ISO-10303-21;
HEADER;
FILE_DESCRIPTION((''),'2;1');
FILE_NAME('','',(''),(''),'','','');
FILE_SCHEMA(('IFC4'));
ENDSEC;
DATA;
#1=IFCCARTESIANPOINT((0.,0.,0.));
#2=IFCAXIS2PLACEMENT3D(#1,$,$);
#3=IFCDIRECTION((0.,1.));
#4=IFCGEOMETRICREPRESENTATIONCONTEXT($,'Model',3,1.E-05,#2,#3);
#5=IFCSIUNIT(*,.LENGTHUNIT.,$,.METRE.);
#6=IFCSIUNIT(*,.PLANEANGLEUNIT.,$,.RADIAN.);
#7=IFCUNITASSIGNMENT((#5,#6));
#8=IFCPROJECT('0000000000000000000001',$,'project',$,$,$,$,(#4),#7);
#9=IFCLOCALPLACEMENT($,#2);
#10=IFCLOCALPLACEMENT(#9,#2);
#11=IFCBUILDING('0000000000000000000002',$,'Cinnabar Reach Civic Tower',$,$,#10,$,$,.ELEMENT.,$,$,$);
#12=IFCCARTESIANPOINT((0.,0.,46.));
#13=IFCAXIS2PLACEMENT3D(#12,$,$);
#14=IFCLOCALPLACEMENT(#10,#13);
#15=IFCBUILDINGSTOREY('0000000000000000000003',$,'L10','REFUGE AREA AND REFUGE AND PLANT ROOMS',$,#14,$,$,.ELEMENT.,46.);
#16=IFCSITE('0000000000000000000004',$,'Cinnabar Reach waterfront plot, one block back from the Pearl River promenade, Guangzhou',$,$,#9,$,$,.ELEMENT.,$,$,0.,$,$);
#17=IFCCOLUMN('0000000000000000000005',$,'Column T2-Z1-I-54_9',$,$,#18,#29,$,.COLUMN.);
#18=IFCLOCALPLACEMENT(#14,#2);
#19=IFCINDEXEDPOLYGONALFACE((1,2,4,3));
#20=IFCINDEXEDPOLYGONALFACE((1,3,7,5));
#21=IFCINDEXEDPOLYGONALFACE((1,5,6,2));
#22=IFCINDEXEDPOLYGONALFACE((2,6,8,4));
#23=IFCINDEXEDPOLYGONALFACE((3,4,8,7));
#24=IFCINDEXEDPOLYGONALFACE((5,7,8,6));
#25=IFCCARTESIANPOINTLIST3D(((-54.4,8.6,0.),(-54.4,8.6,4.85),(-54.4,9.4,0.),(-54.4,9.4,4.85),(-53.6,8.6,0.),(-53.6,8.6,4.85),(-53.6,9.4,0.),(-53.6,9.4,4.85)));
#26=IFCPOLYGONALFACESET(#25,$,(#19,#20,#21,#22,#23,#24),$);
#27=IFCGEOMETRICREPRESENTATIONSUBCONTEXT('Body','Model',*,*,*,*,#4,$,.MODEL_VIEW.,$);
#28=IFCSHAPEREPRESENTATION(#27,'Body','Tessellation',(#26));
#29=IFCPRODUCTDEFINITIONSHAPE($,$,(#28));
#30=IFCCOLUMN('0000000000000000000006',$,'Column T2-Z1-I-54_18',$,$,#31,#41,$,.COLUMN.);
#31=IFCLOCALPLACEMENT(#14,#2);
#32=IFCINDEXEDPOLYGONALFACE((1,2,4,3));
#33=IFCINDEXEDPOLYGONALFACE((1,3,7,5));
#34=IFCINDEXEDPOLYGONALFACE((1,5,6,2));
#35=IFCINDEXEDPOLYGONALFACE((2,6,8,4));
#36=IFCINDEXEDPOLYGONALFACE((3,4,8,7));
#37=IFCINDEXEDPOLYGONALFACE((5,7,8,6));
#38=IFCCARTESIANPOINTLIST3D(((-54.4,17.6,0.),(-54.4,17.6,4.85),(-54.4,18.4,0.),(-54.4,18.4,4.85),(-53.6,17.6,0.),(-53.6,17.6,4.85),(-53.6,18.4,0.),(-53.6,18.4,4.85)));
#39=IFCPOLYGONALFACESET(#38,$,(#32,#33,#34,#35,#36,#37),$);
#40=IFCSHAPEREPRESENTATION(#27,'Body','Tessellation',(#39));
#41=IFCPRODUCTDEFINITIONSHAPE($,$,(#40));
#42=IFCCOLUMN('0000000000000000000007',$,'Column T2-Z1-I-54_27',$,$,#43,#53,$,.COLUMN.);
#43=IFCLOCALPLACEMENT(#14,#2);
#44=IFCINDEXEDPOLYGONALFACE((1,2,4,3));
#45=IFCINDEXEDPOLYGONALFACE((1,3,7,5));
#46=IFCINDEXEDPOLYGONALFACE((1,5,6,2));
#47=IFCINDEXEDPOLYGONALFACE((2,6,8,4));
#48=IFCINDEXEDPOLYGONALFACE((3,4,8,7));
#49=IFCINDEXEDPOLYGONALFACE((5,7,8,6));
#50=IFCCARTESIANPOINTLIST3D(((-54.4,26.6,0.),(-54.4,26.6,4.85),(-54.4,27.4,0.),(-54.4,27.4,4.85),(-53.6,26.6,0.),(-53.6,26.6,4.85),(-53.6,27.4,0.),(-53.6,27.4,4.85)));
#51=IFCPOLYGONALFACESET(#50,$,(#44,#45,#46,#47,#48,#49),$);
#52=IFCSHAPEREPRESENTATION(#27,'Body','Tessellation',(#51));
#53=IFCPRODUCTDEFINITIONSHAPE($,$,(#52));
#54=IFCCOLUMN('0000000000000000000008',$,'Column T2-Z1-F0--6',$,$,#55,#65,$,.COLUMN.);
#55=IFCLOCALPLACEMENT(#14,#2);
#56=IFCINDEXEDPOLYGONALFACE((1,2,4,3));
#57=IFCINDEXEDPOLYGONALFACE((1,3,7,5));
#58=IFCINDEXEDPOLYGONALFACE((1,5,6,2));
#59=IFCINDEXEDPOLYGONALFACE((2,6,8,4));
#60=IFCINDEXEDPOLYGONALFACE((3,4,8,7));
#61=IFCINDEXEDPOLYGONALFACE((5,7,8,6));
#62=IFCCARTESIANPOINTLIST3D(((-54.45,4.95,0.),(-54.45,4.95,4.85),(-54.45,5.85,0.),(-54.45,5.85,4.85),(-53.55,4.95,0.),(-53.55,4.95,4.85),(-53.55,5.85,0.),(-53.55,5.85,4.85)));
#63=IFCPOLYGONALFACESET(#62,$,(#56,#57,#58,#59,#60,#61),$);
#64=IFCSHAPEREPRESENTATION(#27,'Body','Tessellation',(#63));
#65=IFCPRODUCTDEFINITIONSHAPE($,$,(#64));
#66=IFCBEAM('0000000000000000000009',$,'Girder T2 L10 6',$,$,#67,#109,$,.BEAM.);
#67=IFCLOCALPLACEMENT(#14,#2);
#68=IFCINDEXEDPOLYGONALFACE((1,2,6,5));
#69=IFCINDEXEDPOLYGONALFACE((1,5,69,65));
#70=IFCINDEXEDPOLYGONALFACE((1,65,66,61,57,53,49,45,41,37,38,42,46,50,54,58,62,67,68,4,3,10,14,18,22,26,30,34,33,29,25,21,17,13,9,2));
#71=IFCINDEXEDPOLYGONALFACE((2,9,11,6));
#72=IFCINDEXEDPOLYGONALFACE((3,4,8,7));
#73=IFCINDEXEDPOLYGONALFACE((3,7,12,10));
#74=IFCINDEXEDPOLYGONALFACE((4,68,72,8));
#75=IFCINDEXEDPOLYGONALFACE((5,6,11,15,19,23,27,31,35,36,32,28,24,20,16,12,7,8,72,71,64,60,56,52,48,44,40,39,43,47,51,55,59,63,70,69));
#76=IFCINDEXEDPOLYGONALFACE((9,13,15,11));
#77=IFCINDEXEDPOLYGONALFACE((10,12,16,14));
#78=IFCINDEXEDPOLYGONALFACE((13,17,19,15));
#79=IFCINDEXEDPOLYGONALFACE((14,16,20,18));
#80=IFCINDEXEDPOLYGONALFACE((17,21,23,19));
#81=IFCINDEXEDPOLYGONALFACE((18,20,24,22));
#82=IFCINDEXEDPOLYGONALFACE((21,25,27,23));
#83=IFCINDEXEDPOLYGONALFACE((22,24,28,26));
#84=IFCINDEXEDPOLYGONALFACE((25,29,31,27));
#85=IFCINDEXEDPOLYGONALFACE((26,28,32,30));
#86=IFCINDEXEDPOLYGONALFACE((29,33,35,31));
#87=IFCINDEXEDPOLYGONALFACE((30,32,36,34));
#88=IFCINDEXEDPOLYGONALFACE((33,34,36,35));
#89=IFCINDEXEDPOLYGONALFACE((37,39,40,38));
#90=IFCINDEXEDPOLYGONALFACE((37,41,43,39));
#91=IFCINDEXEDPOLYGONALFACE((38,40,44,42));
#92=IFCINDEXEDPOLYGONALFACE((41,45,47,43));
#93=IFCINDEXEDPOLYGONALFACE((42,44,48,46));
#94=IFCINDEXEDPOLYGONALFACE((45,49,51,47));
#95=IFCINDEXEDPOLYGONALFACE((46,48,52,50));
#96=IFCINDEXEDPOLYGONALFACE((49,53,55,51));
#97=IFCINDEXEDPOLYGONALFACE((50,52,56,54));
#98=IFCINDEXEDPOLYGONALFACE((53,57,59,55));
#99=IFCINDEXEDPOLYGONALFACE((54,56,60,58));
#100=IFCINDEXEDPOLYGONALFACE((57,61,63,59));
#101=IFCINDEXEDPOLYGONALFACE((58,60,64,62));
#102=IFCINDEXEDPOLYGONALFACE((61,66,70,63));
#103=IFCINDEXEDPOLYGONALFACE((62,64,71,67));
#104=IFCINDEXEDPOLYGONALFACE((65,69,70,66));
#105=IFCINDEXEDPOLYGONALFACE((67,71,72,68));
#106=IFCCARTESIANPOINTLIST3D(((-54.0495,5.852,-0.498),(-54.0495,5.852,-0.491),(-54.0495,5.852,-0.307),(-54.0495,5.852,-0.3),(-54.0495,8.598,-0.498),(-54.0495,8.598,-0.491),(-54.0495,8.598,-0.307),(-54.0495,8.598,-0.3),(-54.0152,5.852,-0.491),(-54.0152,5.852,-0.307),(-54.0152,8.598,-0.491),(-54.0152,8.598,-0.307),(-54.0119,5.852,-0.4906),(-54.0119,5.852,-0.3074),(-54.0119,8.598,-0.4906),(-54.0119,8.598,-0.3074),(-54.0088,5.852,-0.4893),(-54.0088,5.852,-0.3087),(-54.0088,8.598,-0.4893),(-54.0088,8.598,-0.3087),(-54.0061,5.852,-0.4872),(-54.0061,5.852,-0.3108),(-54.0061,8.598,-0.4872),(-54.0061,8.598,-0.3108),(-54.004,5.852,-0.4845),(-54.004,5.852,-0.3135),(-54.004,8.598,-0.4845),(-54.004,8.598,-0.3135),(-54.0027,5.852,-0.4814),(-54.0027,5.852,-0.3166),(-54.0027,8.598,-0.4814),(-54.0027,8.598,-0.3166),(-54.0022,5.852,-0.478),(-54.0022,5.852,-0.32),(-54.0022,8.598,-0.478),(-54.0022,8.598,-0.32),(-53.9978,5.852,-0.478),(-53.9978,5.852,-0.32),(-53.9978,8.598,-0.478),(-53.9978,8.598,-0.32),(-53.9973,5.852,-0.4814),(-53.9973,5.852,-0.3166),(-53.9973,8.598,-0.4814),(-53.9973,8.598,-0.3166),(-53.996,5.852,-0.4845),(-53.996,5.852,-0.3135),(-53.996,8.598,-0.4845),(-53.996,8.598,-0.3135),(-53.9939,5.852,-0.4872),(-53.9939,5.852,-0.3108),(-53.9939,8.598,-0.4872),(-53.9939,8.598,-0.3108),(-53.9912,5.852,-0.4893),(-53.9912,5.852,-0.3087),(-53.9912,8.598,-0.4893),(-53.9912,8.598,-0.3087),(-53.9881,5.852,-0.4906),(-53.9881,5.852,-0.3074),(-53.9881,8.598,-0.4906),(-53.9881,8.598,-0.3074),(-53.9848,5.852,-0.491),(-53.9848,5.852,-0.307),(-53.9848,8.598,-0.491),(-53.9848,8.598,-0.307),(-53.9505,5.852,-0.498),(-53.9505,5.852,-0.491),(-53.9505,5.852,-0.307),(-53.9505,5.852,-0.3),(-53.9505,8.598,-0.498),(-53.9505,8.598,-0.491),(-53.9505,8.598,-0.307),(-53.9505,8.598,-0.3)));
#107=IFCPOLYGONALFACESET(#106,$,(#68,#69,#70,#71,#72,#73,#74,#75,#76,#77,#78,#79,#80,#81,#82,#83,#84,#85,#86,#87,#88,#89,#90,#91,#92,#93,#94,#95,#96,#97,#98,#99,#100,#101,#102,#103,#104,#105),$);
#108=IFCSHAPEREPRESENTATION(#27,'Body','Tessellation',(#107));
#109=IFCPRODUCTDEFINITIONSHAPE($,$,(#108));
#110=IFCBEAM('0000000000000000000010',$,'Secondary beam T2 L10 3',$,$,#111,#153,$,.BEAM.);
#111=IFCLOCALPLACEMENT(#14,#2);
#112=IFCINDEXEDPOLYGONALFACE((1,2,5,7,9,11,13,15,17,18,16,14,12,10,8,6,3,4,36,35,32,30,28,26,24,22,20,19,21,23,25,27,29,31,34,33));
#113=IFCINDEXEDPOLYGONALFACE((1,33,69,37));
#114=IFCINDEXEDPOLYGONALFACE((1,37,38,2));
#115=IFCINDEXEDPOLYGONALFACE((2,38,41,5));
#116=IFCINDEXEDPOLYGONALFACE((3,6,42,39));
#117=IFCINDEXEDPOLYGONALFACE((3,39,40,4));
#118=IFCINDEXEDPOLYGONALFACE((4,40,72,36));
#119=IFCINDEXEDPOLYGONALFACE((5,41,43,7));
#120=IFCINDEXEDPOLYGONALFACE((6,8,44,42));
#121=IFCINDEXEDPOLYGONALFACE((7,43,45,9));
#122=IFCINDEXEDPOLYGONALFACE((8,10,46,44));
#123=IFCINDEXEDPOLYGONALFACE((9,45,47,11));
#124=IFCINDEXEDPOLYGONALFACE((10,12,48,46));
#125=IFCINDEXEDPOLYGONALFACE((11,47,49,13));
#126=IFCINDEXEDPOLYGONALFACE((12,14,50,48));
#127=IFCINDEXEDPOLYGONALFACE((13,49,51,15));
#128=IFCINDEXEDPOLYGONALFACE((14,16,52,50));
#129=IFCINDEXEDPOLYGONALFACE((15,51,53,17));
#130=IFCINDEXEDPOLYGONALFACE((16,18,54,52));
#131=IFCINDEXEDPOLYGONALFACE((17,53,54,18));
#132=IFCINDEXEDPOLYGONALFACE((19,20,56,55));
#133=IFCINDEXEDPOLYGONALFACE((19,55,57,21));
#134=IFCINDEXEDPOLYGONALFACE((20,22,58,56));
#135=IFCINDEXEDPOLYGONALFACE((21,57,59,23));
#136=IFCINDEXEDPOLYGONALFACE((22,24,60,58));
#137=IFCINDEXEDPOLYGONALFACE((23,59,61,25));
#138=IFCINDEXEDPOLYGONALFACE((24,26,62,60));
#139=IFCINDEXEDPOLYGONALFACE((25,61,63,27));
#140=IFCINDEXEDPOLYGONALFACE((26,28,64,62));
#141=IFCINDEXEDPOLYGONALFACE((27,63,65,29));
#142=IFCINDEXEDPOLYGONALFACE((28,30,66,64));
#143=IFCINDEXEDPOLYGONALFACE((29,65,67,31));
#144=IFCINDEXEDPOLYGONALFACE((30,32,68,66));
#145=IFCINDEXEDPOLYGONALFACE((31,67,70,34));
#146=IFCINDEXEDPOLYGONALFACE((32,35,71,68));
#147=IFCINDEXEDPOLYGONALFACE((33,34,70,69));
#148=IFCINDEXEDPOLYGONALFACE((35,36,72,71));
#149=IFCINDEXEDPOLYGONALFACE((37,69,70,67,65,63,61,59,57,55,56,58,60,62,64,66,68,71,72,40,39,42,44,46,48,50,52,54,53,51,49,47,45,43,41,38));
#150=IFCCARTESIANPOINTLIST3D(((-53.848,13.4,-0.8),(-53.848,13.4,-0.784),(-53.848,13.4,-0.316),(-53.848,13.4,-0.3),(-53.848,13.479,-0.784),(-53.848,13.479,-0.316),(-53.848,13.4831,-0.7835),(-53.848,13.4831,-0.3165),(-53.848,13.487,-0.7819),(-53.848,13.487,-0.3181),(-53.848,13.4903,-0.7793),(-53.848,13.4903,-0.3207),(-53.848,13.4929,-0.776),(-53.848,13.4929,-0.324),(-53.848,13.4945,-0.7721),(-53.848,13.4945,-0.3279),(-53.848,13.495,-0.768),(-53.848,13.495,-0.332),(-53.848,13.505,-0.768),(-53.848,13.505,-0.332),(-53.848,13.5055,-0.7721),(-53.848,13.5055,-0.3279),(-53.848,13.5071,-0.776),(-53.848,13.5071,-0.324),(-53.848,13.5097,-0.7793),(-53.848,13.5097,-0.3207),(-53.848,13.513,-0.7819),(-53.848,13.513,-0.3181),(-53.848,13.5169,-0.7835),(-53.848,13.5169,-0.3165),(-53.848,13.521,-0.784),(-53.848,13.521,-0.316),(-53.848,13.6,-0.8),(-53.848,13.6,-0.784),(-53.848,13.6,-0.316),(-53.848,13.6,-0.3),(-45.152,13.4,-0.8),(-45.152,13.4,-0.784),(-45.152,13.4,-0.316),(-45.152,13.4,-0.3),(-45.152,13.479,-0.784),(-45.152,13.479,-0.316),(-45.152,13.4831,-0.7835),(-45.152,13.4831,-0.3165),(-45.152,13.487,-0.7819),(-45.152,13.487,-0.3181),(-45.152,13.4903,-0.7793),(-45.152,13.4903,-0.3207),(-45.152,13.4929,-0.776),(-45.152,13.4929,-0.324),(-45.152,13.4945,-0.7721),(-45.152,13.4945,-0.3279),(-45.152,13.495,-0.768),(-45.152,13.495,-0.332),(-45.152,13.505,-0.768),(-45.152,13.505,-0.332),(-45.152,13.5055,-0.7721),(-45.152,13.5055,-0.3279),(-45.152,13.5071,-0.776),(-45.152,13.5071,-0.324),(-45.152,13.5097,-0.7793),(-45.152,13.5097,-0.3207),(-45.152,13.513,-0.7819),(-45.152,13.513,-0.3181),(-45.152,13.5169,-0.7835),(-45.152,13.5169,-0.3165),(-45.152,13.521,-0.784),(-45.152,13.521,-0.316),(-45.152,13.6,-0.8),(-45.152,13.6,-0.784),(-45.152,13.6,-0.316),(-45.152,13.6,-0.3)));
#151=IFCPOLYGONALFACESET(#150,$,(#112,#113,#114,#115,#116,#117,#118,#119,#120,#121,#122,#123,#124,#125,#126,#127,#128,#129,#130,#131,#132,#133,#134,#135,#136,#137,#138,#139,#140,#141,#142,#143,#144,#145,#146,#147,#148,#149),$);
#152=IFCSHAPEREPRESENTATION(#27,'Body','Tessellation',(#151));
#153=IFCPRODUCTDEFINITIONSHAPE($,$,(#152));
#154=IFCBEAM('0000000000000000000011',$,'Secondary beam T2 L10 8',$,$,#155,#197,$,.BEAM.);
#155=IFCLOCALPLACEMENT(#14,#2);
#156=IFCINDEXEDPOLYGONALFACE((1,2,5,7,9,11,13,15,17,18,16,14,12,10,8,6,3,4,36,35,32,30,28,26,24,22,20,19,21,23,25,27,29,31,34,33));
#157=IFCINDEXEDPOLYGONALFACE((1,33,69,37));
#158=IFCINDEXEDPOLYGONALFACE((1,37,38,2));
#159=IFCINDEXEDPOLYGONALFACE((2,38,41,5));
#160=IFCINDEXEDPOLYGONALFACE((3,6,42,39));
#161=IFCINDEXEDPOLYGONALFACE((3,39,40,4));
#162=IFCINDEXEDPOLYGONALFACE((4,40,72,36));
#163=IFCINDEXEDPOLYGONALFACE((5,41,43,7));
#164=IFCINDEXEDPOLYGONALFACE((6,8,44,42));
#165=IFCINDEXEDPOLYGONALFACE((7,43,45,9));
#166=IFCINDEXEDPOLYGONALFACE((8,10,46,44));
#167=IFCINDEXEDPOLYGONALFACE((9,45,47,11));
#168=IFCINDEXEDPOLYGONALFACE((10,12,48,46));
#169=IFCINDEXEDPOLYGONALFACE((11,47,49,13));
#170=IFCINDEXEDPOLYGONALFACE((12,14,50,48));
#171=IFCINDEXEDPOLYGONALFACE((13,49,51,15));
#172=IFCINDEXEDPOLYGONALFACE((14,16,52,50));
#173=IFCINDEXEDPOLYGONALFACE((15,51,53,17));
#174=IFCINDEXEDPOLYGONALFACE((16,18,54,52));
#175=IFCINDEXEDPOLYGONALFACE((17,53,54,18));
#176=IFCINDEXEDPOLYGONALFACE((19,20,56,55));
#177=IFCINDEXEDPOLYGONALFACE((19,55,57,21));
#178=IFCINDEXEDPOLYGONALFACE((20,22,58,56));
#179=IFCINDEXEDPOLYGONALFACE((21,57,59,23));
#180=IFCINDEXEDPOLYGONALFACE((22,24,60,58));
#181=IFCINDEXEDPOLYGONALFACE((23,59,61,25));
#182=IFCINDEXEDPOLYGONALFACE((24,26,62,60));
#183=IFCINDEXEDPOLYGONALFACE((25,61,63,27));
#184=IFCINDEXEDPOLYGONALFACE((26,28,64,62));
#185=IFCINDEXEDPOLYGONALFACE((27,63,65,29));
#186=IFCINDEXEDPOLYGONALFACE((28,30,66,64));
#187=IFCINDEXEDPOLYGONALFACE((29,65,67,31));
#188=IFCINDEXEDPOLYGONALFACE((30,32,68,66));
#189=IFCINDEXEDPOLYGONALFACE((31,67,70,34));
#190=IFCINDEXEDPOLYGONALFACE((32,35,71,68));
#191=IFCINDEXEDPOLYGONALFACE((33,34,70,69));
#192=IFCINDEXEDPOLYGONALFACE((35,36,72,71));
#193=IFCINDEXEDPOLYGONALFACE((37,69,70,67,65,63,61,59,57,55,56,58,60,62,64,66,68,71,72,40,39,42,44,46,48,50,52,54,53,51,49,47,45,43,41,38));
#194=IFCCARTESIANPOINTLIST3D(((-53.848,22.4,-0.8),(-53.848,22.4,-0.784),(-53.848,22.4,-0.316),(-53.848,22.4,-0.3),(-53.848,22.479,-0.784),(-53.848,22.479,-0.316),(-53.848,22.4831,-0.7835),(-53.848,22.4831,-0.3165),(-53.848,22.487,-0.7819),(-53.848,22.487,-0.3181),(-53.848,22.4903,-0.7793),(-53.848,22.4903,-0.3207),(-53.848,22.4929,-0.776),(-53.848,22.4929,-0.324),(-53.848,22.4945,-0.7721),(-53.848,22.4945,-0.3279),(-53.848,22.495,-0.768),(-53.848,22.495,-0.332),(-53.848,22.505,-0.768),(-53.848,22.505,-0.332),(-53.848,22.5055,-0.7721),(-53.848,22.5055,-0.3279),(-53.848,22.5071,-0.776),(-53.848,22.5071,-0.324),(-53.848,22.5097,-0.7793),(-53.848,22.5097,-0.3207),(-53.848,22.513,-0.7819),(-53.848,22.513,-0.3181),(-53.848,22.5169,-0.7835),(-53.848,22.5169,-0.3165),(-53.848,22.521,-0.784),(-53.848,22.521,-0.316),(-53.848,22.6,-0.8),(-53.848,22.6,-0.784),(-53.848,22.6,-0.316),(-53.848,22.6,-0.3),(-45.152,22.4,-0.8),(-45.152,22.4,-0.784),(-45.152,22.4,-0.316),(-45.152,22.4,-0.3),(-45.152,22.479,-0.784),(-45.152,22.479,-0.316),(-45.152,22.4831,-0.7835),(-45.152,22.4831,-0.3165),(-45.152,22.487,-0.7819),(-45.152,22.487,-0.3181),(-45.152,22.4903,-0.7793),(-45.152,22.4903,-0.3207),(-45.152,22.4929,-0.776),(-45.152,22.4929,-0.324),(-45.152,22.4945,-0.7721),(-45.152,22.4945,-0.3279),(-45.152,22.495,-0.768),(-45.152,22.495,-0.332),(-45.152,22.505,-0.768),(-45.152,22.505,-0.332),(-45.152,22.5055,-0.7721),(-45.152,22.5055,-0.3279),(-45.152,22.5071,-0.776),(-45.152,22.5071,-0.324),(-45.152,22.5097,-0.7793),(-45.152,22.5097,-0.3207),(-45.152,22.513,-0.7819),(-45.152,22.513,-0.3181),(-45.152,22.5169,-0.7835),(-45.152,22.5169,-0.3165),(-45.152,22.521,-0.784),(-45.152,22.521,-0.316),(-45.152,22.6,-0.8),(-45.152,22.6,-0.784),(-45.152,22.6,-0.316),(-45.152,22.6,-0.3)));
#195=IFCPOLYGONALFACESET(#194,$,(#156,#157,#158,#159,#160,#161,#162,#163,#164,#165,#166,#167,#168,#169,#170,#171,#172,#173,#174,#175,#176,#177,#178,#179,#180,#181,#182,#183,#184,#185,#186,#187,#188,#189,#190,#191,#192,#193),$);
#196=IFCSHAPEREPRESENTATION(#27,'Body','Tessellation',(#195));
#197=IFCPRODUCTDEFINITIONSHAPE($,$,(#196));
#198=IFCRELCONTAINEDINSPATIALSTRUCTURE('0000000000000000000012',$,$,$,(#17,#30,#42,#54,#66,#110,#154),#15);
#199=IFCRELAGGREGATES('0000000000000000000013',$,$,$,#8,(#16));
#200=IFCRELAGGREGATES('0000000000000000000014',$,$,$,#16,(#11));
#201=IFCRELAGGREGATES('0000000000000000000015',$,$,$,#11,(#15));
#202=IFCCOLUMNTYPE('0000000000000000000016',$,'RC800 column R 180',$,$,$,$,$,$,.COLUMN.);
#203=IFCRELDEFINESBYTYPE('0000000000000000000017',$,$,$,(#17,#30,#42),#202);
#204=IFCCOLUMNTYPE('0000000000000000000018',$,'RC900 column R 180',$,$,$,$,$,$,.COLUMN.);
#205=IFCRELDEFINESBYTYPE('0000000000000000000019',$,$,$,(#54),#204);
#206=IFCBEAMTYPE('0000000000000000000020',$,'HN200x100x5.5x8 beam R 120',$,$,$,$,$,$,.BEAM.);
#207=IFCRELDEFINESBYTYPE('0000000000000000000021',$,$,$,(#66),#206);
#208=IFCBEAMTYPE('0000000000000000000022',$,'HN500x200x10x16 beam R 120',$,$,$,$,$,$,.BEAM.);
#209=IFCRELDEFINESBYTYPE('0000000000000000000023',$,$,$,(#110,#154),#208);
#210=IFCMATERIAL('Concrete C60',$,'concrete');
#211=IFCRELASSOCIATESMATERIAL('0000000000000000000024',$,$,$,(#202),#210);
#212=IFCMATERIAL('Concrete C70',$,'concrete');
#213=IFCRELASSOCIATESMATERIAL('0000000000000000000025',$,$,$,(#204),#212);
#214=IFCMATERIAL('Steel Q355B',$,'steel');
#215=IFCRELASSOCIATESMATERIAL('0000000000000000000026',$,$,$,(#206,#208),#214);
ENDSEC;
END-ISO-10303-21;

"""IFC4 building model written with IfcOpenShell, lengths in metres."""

from ifc_helpers import new_model, si_unit, direction, frame, origin, origin_2d, place, context, subcontext, project, spatial, rectangle, i_section, extrude, material, material_profile, profile_set, type_object, element, save


model = new_model("IFC4")

# Units and contexts
model_context = context("Model", 3, precision=1e-05, world=origin(), true_north=direction((0.0, 1.0)))
body_context = subcontext(model_context, "Body", "Model", "MODEL_VIEW")
ifc_project = project(units=[si_unit("LENGTHUNIT", "METRE"), si_unit("PLANEANGLEUNIT", "RADIAN")], contexts=[model_context])

# Site, building, storey
site_placement = place(None, origin())
site = spatial("IfcSite", under=ifc_project, at=site_placement, Name="Cinnabar Reach waterfront plot, one block back from the Pearl River promenade, Guangzhou", CompositionType="ELEMENT", RefElevation=0.0)
building_placement = place(site_placement, origin())
building = spatial("IfcBuilding", under=site, at=building_placement, Name="Cinnabar Reach Civic Tower", CompositionType="ELEMENT")
storey_placement = place(building_placement, frame((0.0, 0.0, 46.0)))
storey = spatial("IfcBuildingStorey", under=building, at=storey_placement, Name="L10", Description="REFUGE AREA AND REFUGE AND PLANT ROOMS", CompositionType="ELEMENT", Elevation=46.0)

# Columns
ifc_material_1 = material(Name="Concrete C60", Category="concrete")
ifc_material_profile_1 = material_profile(ifc_material_1, rectangle(XDim=0.8, YDim=0.8, at=origin_2d()), Name="RC800")
ifc_profile_set_1 = profile_set([ifc_material_profile_1], Name="Concrete C60")
column_type_1 = type_object("IfcColumnType", Name="RC800 column R 180", PredefinedType="COLUMN", material=ifc_profile_set_1)
for number, where, z_axis, x_axis, name in (
    (1, (-54.0, 9.0, 0.0), (0.0, 0.0, 1.0), (1.0, 0.0, 0.0), "Column T2-Z1-I-54_9"),
    (2, (-54.0, 18.0, 0.0), (0.0, 0.0, 1.0), (1.0, 0.0, 0.0), "Column T2-Z1-I-54_18"),
    (3, (-54.0, 27.0, 0.0), (0.0, 0.0, 1.0), (1.0, 0.0, 0.0), "Column T2-Z1-I-54_27"),
):
    element("IfcColumn", number, at=place(storey_placement, frame(where, z_axis=z_axis, x_axis=x_axis)), inside=storey, type_object=column_type_1, Name=name, PredefinedType="COLUMN", context=body_context, shape_type="SweptSolid", body=[
        extrude(rectangle(XDim=0.8, YDim=0.8, at=origin_2d()), origin(), (0.0, 0.0, 1.0), 4.85),
    ])
ifc_material_2 = material(Name="Concrete C70", Category="concrete")
ifc_material_profile_2 = material_profile(ifc_material_2, rectangle(XDim=0.9, YDim=0.9, at=origin_2d()), Name="RC900")
ifc_profile_set_2 = profile_set([ifc_material_profile_2], Name="Concrete C70")
column_type_2 = type_object("IfcColumnType", Name="RC900 column R 180", PredefinedType="COLUMN", material=ifc_profile_set_2)
column_placement = place(storey_placement, frame((-54.0, 5.4, 0.0), z_axis=(0.0, 0.0, 1.0), x_axis=(1.0, 0.0, 0.0)))
element("IfcColumn", 4, at=column_placement, inside=storey, type_object=column_type_2, Name="Column T2-Z1-F0--6", PredefinedType="COLUMN", context=body_context, shape_type="SweptSolid", body=[
    extrude(rectangle(XDim=0.9, YDim=0.9, at=origin_2d()), origin(), (0.0, 0.0, 1.0), 4.85),
])

# Beams
ifc_material_3 = material(Name="Steel Q355B", Category="steel")
ifc_material_profile_3 = material_profile(ifc_material_3, i_section(OverallWidth=0.099, OverallDepth=0.198, WebThickness=0.0045, FlangeThickness=0.007, FilletRadius=0.013, at=origin_2d()), Name="HN200x100x5.5x8")
ifc_profile_set_3 = profile_set([ifc_material_profile_3], Name="Steel Q355B")
beam_type_1 = type_object("IfcBeamType", Name="HN200x100x5.5x8 beam R 120", PredefinedType="BEAM", material=ifc_profile_set_3)
beam_1_placement = place(storey_placement, frame((-54.0, 5.852, -0.399), z_axis=(0.0, 1.0, 0.0), x_axis=(-1.0, 0.0, 0.0)))
element("IfcBeam", 5, at=beam_1_placement, inside=storey, type_object=beam_type_1, Name="Girder T2 L10 6", PredefinedType="BEAM", context=body_context, shape_type="SweptSolid", body=[
    extrude(i_section(OverallWidth=0.099, OverallDepth=0.198, WebThickness=0.0045, FlangeThickness=0.007, FilletRadius=0.013, at=origin_2d()), origin(), (0.0, 0.0, 1.0), 2.746),
])
ifc_material_profile_4 = material_profile(ifc_material_3, i_section(OverallWidth=0.2, OverallDepth=0.5, WebThickness=0.01, FlangeThickness=0.016, FilletRadius=0.016, at=origin_2d()), Name="HN500x200x10x16")
ifc_profile_set_4 = profile_set([ifc_material_profile_4], Name="Steel Q355B")
beam_type_2 = type_object("IfcBeamType", Name="HN500x200x10x16 beam R 120", PredefinedType="BEAM", material=ifc_profile_set_4)
for number, where, z_axis, x_axis, name in (
    (6, (-53.848, 13.5, -0.55), (1.0, 0.0, 0.0), (0.0, 1.0, 0.0), "Secondary beam T2 L10 3"),
    (7, (-53.848, 22.5, -0.55), (1.0, 0.0, 0.0), (0.0, 1.0, 0.0), "Secondary beam T2 L10 8"),
):
    element("IfcBeam", number, at=place(storey_placement, frame(where, z_axis=z_axis, x_axis=x_axis)), inside=storey, type_object=beam_type_2, Name=name, PredefinedType="BEAM", context=body_context, shape_type="SweptSolid", body=[
        extrude(i_section(OverallWidth=0.2, OverallDepth=0.5, WebThickness=0.01, FlangeThickness=0.016, FilletRadius=0.016, at=origin_2d()), origin(), (0.0, 0.0, 1.0), 8.696),
    ])

save(model, "model.ifc")
